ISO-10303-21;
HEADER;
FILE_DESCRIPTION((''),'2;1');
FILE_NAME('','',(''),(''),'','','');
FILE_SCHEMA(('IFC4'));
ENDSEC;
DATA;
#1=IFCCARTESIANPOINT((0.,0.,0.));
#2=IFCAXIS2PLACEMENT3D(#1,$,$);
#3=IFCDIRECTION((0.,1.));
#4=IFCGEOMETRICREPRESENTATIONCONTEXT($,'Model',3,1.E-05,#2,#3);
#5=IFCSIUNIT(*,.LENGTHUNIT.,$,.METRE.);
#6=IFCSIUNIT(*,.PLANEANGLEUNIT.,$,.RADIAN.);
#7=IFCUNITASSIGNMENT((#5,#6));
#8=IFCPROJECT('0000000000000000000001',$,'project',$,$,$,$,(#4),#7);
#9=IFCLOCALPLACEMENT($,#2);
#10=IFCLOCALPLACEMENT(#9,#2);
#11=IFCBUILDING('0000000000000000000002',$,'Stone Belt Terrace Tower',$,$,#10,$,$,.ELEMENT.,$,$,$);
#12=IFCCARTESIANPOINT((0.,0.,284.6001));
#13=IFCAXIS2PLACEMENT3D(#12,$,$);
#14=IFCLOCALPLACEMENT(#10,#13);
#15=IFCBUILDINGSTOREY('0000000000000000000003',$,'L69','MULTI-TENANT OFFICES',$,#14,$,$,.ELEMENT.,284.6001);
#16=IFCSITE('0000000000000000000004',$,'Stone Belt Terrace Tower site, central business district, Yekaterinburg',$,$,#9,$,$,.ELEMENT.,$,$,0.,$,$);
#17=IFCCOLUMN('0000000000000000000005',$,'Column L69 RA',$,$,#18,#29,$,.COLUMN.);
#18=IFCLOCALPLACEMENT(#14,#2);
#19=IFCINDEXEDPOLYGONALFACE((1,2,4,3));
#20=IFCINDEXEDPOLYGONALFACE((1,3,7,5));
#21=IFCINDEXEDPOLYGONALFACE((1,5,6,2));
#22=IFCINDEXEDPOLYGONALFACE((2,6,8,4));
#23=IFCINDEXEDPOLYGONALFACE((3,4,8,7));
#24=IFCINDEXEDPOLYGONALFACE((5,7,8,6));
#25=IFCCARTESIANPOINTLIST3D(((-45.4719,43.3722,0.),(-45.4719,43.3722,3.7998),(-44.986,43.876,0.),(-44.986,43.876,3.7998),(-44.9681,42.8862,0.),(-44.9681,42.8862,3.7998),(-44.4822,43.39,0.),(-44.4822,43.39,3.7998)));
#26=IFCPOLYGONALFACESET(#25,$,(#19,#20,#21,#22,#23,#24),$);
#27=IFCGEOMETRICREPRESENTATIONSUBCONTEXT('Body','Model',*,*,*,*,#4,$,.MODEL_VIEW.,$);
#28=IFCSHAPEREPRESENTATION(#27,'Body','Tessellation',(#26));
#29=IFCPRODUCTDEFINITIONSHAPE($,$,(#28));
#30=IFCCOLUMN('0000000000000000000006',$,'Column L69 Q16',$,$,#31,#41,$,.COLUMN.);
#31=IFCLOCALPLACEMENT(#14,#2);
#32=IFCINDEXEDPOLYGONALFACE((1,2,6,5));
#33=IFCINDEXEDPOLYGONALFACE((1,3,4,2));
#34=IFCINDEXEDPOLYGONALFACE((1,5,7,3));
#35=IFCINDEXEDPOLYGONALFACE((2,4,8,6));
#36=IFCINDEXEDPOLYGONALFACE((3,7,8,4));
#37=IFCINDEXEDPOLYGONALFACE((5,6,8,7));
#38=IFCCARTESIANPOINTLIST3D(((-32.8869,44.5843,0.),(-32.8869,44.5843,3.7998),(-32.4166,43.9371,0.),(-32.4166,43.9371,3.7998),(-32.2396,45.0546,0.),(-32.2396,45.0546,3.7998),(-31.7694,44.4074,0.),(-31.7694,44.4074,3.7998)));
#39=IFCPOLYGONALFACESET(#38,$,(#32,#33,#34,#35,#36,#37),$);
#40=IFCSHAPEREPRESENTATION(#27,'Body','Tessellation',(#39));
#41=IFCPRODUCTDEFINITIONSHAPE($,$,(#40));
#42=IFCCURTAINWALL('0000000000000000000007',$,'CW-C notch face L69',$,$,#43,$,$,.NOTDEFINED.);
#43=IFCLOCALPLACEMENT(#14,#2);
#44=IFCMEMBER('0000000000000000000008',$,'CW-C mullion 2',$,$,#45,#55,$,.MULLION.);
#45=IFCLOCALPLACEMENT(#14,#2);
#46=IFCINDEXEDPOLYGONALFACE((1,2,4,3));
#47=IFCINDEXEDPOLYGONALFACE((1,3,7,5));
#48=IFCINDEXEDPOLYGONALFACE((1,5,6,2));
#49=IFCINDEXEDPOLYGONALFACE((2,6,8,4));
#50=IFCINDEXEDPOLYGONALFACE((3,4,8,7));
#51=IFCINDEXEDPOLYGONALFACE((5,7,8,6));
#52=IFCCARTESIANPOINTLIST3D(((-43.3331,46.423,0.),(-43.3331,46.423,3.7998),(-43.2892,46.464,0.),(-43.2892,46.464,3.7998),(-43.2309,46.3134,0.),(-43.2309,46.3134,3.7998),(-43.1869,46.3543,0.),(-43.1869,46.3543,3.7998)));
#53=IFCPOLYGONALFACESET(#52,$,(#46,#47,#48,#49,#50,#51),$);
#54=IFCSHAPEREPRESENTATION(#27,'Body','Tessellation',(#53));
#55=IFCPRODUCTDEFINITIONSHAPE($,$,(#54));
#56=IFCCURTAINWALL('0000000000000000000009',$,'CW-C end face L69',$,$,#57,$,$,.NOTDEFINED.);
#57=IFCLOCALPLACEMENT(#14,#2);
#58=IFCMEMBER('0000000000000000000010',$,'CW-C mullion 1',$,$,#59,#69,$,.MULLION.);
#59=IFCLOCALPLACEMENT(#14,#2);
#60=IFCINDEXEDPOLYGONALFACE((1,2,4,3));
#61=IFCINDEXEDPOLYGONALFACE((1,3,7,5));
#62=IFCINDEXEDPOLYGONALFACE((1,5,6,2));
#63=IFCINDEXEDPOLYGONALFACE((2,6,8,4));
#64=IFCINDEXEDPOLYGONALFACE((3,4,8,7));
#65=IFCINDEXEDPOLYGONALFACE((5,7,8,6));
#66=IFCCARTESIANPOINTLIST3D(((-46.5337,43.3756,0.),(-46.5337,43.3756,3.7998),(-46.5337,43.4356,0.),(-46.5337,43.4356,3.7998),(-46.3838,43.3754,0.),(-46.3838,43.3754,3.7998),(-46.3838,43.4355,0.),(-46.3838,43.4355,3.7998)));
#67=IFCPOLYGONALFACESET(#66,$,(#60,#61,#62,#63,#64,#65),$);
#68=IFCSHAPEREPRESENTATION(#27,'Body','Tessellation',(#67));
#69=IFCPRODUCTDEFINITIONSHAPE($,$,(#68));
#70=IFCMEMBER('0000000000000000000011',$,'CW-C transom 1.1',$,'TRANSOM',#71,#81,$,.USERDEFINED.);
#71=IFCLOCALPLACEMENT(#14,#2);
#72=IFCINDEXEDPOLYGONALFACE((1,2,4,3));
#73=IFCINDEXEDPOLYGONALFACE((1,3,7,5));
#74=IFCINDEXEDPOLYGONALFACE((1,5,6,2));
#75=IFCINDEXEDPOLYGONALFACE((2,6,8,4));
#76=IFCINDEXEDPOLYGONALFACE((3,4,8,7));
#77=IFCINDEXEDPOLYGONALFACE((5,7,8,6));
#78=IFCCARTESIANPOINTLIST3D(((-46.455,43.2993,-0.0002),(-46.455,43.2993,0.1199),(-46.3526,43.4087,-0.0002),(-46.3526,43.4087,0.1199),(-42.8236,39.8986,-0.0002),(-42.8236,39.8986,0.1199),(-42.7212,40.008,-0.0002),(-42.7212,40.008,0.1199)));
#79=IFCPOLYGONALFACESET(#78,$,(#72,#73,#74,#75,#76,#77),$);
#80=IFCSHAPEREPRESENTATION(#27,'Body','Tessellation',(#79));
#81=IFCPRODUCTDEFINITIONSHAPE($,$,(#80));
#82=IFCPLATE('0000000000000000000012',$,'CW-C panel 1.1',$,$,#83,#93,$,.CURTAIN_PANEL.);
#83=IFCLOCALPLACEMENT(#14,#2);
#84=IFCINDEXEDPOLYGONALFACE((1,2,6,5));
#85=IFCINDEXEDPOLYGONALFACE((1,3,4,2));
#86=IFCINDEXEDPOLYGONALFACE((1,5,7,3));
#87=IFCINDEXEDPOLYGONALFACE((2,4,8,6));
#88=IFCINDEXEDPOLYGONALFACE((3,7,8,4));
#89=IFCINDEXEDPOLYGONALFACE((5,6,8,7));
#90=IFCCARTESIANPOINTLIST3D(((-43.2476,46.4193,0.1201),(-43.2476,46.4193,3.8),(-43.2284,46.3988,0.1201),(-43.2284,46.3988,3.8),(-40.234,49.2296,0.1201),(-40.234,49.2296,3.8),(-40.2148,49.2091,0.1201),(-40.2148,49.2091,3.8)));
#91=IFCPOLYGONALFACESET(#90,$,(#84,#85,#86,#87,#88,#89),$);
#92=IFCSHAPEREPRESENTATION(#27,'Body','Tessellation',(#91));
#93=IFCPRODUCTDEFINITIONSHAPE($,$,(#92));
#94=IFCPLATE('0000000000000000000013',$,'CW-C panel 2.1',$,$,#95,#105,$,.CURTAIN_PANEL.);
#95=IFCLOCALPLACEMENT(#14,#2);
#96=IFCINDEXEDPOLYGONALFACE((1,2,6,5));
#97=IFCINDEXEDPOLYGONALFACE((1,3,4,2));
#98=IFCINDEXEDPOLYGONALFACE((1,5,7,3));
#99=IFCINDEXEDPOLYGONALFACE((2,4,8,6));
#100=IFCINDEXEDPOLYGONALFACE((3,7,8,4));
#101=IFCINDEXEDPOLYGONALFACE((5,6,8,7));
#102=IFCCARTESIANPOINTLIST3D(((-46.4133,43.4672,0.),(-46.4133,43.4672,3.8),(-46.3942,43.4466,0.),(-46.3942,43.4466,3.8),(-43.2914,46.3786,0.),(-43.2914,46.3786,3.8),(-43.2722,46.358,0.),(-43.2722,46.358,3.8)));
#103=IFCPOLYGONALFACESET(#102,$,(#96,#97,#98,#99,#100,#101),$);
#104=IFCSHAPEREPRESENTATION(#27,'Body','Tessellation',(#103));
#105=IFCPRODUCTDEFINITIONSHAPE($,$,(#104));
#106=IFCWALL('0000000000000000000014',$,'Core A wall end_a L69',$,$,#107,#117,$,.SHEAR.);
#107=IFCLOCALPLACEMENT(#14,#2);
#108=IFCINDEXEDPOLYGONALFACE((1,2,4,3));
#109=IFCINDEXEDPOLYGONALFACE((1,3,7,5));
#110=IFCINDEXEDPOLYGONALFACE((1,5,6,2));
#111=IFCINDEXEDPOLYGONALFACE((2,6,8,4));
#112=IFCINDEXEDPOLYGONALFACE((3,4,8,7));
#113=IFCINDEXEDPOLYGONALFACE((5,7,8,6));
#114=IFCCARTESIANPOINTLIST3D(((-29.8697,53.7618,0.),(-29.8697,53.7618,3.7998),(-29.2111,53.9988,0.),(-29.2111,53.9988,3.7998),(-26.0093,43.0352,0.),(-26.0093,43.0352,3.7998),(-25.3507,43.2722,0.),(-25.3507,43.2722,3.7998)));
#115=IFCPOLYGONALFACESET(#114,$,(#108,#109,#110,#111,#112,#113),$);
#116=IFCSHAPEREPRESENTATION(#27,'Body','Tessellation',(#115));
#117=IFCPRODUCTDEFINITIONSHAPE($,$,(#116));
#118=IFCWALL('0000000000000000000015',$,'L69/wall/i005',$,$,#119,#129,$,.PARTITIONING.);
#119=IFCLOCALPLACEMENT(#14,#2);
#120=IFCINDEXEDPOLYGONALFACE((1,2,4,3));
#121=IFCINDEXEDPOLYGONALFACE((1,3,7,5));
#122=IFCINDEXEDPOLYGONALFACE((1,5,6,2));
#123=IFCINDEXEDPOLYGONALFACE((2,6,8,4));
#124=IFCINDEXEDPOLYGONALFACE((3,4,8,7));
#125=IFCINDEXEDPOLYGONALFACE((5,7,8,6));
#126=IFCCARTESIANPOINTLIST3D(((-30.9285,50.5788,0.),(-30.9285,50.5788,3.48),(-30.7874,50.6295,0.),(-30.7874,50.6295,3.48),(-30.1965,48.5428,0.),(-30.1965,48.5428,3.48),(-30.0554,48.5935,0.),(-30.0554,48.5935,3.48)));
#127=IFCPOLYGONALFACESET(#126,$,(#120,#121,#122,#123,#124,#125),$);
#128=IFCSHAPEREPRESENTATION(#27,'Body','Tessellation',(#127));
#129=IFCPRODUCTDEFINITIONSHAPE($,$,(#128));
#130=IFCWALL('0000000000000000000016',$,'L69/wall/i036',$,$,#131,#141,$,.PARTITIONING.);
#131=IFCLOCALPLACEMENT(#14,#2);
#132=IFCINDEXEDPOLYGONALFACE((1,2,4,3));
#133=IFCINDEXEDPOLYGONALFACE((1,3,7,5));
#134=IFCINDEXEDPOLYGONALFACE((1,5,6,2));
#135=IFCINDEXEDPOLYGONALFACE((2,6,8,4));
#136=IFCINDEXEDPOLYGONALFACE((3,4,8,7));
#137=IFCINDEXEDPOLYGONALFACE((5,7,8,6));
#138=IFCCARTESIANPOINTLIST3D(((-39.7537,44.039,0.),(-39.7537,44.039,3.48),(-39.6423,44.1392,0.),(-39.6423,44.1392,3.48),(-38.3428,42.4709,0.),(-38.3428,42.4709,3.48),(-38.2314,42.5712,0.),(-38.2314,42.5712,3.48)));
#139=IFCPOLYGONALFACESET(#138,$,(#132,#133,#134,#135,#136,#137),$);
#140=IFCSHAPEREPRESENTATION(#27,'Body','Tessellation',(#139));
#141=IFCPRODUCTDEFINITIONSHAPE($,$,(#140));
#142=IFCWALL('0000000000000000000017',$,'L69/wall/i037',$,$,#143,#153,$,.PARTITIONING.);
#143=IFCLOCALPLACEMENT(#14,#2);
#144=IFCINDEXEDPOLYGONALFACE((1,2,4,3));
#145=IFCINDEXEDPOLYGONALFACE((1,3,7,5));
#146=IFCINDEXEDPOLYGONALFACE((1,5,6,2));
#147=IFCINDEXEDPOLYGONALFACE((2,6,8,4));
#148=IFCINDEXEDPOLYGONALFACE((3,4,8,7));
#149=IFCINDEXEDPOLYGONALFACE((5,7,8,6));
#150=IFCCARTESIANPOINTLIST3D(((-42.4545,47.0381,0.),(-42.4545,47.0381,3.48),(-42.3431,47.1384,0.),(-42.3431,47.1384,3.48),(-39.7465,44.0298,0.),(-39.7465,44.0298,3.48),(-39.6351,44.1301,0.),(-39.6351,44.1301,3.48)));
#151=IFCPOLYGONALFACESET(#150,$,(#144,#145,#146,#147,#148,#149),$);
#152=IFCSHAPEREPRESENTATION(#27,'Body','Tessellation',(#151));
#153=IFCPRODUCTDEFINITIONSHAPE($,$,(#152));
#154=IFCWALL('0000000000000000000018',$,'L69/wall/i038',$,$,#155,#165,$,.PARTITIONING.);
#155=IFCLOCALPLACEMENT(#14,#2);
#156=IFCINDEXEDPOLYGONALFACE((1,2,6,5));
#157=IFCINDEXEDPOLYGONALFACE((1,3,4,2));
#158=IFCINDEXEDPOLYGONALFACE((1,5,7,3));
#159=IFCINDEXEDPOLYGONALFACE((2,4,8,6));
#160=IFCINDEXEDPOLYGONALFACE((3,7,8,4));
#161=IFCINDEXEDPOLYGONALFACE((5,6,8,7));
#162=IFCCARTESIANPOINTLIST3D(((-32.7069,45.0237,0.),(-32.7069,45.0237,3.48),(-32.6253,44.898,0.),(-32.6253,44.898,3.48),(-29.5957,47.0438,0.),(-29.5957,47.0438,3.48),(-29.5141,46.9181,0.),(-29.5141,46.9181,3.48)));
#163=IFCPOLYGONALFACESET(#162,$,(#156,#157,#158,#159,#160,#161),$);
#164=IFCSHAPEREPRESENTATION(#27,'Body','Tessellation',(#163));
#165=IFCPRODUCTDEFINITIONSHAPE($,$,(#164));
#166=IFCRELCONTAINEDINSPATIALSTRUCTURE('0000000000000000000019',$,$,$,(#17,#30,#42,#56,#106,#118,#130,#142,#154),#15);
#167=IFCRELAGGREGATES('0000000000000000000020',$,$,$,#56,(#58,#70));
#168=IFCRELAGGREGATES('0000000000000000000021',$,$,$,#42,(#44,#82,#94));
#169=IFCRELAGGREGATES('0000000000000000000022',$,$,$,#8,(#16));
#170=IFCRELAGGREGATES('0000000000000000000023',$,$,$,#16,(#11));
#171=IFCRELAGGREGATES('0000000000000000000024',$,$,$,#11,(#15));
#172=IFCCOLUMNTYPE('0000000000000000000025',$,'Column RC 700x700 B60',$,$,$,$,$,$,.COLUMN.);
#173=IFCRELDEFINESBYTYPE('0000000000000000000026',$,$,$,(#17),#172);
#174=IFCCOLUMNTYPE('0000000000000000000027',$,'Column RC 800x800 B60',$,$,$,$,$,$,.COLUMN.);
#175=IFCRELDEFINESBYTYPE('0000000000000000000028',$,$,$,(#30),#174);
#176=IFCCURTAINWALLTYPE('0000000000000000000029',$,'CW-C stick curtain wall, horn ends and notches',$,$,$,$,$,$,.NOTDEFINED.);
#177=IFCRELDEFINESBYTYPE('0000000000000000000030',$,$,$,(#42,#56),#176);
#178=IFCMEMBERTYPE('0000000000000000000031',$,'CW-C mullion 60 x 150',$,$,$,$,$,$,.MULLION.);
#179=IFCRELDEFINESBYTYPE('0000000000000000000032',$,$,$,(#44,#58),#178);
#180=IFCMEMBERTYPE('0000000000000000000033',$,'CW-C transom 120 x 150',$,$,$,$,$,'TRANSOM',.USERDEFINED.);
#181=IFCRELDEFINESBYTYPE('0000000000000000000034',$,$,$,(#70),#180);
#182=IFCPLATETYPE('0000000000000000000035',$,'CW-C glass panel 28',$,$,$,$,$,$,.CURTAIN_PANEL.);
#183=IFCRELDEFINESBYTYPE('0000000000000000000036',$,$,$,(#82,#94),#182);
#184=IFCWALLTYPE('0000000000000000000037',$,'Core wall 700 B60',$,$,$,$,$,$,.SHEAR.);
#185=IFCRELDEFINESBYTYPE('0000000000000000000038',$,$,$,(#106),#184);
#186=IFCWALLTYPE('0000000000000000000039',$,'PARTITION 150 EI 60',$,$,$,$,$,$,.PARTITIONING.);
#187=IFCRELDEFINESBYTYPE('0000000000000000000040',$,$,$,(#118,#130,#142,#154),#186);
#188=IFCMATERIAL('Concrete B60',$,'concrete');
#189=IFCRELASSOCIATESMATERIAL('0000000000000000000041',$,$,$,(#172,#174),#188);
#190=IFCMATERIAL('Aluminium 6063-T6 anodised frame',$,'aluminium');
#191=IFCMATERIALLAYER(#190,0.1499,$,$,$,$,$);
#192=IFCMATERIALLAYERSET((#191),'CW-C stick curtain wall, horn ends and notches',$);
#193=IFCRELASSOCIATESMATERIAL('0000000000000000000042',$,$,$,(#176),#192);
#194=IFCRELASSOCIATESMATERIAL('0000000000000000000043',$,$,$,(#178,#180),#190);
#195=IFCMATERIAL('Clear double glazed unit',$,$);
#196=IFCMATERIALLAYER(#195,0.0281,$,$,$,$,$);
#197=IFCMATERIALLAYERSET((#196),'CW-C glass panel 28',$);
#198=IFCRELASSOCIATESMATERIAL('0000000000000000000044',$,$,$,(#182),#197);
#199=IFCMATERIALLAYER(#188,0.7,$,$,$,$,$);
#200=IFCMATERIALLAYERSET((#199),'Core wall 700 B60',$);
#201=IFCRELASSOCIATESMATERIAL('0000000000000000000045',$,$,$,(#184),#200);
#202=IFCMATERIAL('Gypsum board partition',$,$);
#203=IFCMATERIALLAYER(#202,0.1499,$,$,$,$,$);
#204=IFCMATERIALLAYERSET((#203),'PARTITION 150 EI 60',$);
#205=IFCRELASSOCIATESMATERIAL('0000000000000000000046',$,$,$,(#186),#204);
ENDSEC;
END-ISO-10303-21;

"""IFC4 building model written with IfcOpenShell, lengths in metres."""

from ifc_helpers import new_model, si_unit, direction, frame, frame_2d, origin, origin_2d, place, context, subcontext, project, spatial, rectangle, extrude, material, layer, layer_set, material_profile, profile_set, type_object, element, aggregate, save


model = new_model("IFC4")

# Units and contexts
model_context = context("Model", 3, precision=1e-05, world=origin(), true_north=direction((0.0, 1.0)))
body_context = subcontext(model_context, "Body", "Model", "MODEL_VIEW")
ifc_project = project(units=[si_unit("LENGTHUNIT", "METRE"), si_unit("PLANEANGLEUNIT", "RADIAN")], contexts=[model_context])

# Site, building, storey
site_placement = place(None, origin())
site = spatial("IfcSite", under=ifc_project, at=site_placement, Name="Stone Belt Terrace Tower site, central business district, Yekaterinburg", CompositionType="ELEMENT", RefElevation=0.0)
building_placement = place(site_placement, origin())
building = spatial("IfcBuilding", under=site, at=building_placement, Name="Stone Belt Terrace Tower", CompositionType="ELEMENT")
storey_placement = place(building_placement, frame((0.0, 0.0, 284.6001)))
storey = spatial("IfcBuildingStorey", under=building, at=storey_placement, Name="L69", Description="MULTI-TENANT OFFICES", CompositionType="ELEMENT", Elevation=284.6001)

# Columns
ifc_material_1 = material(Name="Concrete B60", Category="concrete")
ifc_material_profile_1 = material_profile(ifc_material_1, rectangle(XDim=0.7, YDim=0.7, at=origin_2d()), Name="RC 700x700")
ifc_profile_set_1 = profile_set([ifc_material_profile_1], Name="Concrete B60")
column_type_1 = type_object("IfcColumnType", Name="Column RC 700x700 B60", PredefinedType="COLUMN", material=ifc_profile_set_1)
column_1_placement = place(storey_placement, frame((-44.9771, 43.3811, 0.0), z_axis=(0.0, 0.0, 1.0), x_axis=(0.694221, 0.719762, 0.0)))
element("IfcColumn", 1, at=column_1_placement, inside=storey, type_object=column_type_1, Name="Column L69 RA", PredefinedType="COLUMN", context=body_context, shape_type="SweptSolid", body=[
    extrude(rectangle(XDim=0.7, YDim=0.7, at=origin_2d()), origin(), (0.0, 0.0, 1.0), 3.7998),
])
ifc_material_profile_2 = material_profile(ifc_material_1, rectangle(XDim=0.8, YDim=0.8, at=origin_2d()), Name="RC 800x800")
ifc_profile_set_2 = profile_set([ifc_material_profile_2], Name="Concrete B60")
column_type_2 = type_object("IfcColumnType", Name="Column RC 800x800 B60", PredefinedType="COLUMN", material=ifc_profile_set_2)
column_2_placement = place(storey_placement, frame((-32.3281, 44.4958, 0.0), z_axis=(0.0, 0.0, 1.0), x_axis=(0.809017, 0.587785, 0.0)))
element("IfcColumn", 2, at=column_2_placement, inside=storey, type_object=column_type_2, Name="Column L69 Q16", PredefinedType="COLUMN", context=body_context, shape_type="SweptSolid", body=[
    extrude(rectangle(XDim=0.8, YDim=0.8, at=origin_2d()), origin(), (0.0, 0.0, 1.0), 3.7998),
])

# Curtain wall, member
ifc_material_2 = material(Name="Aluminium 6063-T6 anodised frame", Category="aluminium")
ifc_layer_1 = layer(ifc_material_2, 0.1499)
ifc_layer_set_1 = layer_set([ifc_layer_1], Name="CW-C stick curtain wall, horn ends and notches")
curtain_wall_type = type_object("IfcCurtainWallType", Name="CW-C stick curtain wall, horn ends and notches", PredefinedType="NOTDEFINED", material=ifc_layer_set_1)
curtain_wall_1_placement = place(storey_placement, origin())
curtain_wall_1 = element("IfcCurtainWall", 3, at=curtain_wall_1_placement, inside=storey, type_object=curtain_wall_type, Name="CW-C notch face L69", PredefinedType="NOTDEFINED")
ifc_material_profile_3 = material_profile(ifc_material_2, rectangle(XDim=0.1499, YDim=0.0601, at=origin_2d()), Name="Aluminium 6063-T6 60x150")
ifc_profile_set_3 = profile_set([ifc_material_profile_3], Name="Aluminium 6063-T6 anodised frame")
member_type_1 = type_object("IfcMemberType", Name="CW-C mullion 60 x 150", PredefinedType="MULLION", material=ifc_profile_set_3)
member_1_placement = place(storey_placement, frame((-43.26, 46.3887, 0.0), z_axis=(0.0, 0.0, 1.0), x_axis=(0.682014, -0.731339, 0.0)))
member_1 = element("IfcMember", 4, at=member_1_placement, type_object=member_type_1, Name="CW-C mullion 2", PredefinedType="MULLION", context=body_context, shape_type="SweptSolid", body=[
    extrude(rectangle(XDim=0.1499, YDim=0.0601, at=origin_2d()), origin(), (0.0, 0.0, 1.0), 3.7998),
])

# Curtain wall, members
curtain_wall_2_placement = place(storey_placement, origin())
curtain_wall_2 = element("IfcCurtainWall", 5, at=curtain_wall_2_placement, inside=storey, type_object=curtain_wall_type, Name="CW-C end face L69", PredefinedType="NOTDEFINED")
member_2_placement = place(storey_placement, frame((-46.4587, 43.4055, 0.0), z_axis=(0.0, 0.0, 1.0), x_axis=(0.999999, -0.001051, 0.0)))
member_2 = element("IfcMember", 6, at=member_2_placement, type_object=member_type_1, Name="CW-C mullion 1", PredefinedType="MULLION", context=body_context, shape_type="SweptSolid", body=[
    extrude(rectangle(XDim=0.1499, YDim=0.0601, at=origin_2d()), origin(), (0.0, 0.0, 1.0), 3.7998),
])
ifc_material_profile_4 = material_profile(ifc_material_2, rectangle(XDim=0.1499, YDim=0.1201, at=origin_2d()), Name="Aluminium 6063-T6 150x120")
ifc_profile_set_4 = profile_set([ifc_material_profile_4], Name="Aluminium 6063-T6 anodised frame")
member_type_2 = type_object("IfcMemberType", Name="CW-C transom 120 x 150", ElementType="TRANSOM", PredefinedType="USERDEFINED", material=ifc_profile_set_4)
member_3_placement = place(storey_placement, frame((-46.4038, 43.354, 0.0598), z_axis=(0.729914, -0.683539, 0.0), x_axis=(0.683539, 0.729914, 0.0)))
member_3 = element("IfcMember", 7, at=member_3_placement, type_object=member_type_2, Name="CW-C transom 1.1", ObjectType="TRANSOM", PredefinedType="USERDEFINED", context=body_context, shape_type="SweptSolid", body=[
    extrude(rectangle(XDim=0.1499, YDim=0.1201, at=origin_2d()), origin(), (0.0, 0.0, 1.0), 4.9751),
])
aggregate(curtain_wall_2, [member_2, member_3])

# Plates
ifc_material_3 = material(Name="Clear double glazed unit")
ifc_layer_2 = layer(ifc_material_3, 0.0281)
ifc_layer_set_2 = layer_set([ifc_layer_2], Name="CW-C glass panel 28")
plate_type = type_object("IfcPlateType", Name="CW-C glass panel 28", PredefinedType="CURTAIN_PANEL", material=ifc_layer_set_2)
plate_1_placement = place(storey_placement, frame((-41.7312, 47.8142, 0.1201), z_axis=(0.0, 0.0, 1.0), x_axis=(-0.731339, -0.682014, 0.0)))
plate_1 = element("IfcPlate", 8, at=plate_1_placement, type_object=plate_type, Name="CW-C panel 1.1", PredefinedType="CURTAIN_PANEL", context=body_context, shape_type="SweptSolid", body=[
    extrude(rectangle(XDim=4.1206, YDim=0.0281, at=origin_2d()), origin(), (0.0, 0.0, 1.0), 3.6799),
])
plate_2_placement = place(storey_placement, frame((-44.8428, 44.9126, 0.0), z_axis=(0.0, 0.0, 1.0), x_axis=(-0.731339, -0.682014, 0.0)))
plate_2 = element("IfcPlate", 9, at=plate_2_placement, type_object=plate_type, Name="CW-C panel 2.1", PredefinedType="CURTAIN_PANEL", context=body_context, shape_type="SweptSolid", body=[
    extrude(rectangle(XDim=4.2688, YDim=0.0281, at=origin_2d()), origin(), (0.0, 0.0, 1.0), 3.8),
])
aggregate(curtain_wall_1, [member_1, plate_1, plate_2])

# Walls
ifc_layer_3 = layer(ifc_material_1, 0.7)
ifc_layer_set_3 = layer_set([ifc_layer_3], Name="Core wall 700 B60")
wall_type_1 = type_object("IfcWallType", Name="Core wall 700 B60", PredefinedType="SHEAR", material=ifc_layer_set_3)
wall_1_placement = place(storey_placement, frame((-25.6799, 43.1536, 0.0), z_axis=(0.0, 0.0, 1.0), x_axis=(-0.338625, 0.940921, 0.0)))
element("IfcWall", 10, at=wall_1_placement, inside=storey, type_object=wall_type_1, Name="Core A wall end_a L69", PredefinedType="SHEAR", context=body_context, shape_type="SweptSolid", body=[
    extrude(rectangle(XDim=11.4001, YDim=0.7, at=frame_2d((5.7002, 0.0))), origin(), (0.0, 0.0, 1.0), 3.7998),
])
ifc_material_4 = material(Name="Gypsum board partition")
ifc_layer_4 = layer(ifc_material_4, 0.1499)
ifc_layer_set_4 = layer_set([ifc_layer_4], Name="PARTITION 150 EI 60")
wall_type_2 = type_object("IfcWallType", Name="PARTITION 150 EI 60", PredefinedType="PARTITIONING", material=ifc_layer_set_4)
wall_2_placement = place(storey_placement, frame((-30.126, 48.5681, 0.0), z_axis=(0.0, 0.0, 1.0), x_axis=(-0.338316, 0.941033, 0.0)))
element("IfcWall", 11, at=wall_2_placement, inside=storey, type_object=wall_type_2, Name="L69/wall/i005", PredefinedType="PARTITIONING", context=body_context, shape_type="SweptSolid", body=[
    extrude(rectangle(XDim=2.1636, YDim=0.1499, at=frame_2d((1.0818, 0.0))), origin(), (0.0, 0.0, 1.0), 3.48),
])
wall_3_placement = place(storey_placement, frame((-39.698, 44.0891, 0.0), z_axis=(0.0, 0.0, 1.0), x_axis=(0.668856, -0.743392, 0.0)))
element("IfcWall", 12, at=wall_3_placement, inside=storey, type_object=wall_type_2, Name="L69/wall/i036", PredefinedType="PARTITIONING", context=body_context, shape_type="SweptSolid", body=[
    extrude(rectangle(XDim=2.1094, YDim=0.1499, at=frame_2d((1.0547, 0.0))), origin(), (0.0, 0.0, 1.0), 3.48),
])
wall_4_placement = place(storey_placement, frame((-42.3989, 47.0884, 0.0), z_axis=(0.0, 0.0, 1.0), x_axis=(0.669038, -0.743228, 0.0)))
element("IfcWall", 13, at=wall_4_placement, inside=storey, type_object=wall_type_2, Name="L69/wall/i037", PredefinedType="PARTITIONING", context=body_context, shape_type="SweptSolid", body=[
    extrude(rectangle(XDim=4.0476, YDim=0.1499, at=frame_2d((2.0239, 0.0))), origin(), (0.0, 0.0, 1.0), 3.48),
])
wall_5_placement = place(storey_placement, frame((-29.5549, 46.981, 0.0), z_axis=(0.0, 0.0, 1.0), x_axis=(-0.838713, -0.544574, 0.0)))
element("IfcWall", 14, at=wall_5_placement, inside=storey, type_object=wall_type_2, Name="L69/wall/i038", PredefinedType="PARTITIONING", context=body_context, shape_type="SweptSolid", body=[
    extrude(rectangle(XDim=3.7095, YDim=0.1499, at=frame_2d((1.8547, 0.0))), origin(), (0.0, 0.0, 1.0), 3.48),
])

save(model, "model.ifc")
